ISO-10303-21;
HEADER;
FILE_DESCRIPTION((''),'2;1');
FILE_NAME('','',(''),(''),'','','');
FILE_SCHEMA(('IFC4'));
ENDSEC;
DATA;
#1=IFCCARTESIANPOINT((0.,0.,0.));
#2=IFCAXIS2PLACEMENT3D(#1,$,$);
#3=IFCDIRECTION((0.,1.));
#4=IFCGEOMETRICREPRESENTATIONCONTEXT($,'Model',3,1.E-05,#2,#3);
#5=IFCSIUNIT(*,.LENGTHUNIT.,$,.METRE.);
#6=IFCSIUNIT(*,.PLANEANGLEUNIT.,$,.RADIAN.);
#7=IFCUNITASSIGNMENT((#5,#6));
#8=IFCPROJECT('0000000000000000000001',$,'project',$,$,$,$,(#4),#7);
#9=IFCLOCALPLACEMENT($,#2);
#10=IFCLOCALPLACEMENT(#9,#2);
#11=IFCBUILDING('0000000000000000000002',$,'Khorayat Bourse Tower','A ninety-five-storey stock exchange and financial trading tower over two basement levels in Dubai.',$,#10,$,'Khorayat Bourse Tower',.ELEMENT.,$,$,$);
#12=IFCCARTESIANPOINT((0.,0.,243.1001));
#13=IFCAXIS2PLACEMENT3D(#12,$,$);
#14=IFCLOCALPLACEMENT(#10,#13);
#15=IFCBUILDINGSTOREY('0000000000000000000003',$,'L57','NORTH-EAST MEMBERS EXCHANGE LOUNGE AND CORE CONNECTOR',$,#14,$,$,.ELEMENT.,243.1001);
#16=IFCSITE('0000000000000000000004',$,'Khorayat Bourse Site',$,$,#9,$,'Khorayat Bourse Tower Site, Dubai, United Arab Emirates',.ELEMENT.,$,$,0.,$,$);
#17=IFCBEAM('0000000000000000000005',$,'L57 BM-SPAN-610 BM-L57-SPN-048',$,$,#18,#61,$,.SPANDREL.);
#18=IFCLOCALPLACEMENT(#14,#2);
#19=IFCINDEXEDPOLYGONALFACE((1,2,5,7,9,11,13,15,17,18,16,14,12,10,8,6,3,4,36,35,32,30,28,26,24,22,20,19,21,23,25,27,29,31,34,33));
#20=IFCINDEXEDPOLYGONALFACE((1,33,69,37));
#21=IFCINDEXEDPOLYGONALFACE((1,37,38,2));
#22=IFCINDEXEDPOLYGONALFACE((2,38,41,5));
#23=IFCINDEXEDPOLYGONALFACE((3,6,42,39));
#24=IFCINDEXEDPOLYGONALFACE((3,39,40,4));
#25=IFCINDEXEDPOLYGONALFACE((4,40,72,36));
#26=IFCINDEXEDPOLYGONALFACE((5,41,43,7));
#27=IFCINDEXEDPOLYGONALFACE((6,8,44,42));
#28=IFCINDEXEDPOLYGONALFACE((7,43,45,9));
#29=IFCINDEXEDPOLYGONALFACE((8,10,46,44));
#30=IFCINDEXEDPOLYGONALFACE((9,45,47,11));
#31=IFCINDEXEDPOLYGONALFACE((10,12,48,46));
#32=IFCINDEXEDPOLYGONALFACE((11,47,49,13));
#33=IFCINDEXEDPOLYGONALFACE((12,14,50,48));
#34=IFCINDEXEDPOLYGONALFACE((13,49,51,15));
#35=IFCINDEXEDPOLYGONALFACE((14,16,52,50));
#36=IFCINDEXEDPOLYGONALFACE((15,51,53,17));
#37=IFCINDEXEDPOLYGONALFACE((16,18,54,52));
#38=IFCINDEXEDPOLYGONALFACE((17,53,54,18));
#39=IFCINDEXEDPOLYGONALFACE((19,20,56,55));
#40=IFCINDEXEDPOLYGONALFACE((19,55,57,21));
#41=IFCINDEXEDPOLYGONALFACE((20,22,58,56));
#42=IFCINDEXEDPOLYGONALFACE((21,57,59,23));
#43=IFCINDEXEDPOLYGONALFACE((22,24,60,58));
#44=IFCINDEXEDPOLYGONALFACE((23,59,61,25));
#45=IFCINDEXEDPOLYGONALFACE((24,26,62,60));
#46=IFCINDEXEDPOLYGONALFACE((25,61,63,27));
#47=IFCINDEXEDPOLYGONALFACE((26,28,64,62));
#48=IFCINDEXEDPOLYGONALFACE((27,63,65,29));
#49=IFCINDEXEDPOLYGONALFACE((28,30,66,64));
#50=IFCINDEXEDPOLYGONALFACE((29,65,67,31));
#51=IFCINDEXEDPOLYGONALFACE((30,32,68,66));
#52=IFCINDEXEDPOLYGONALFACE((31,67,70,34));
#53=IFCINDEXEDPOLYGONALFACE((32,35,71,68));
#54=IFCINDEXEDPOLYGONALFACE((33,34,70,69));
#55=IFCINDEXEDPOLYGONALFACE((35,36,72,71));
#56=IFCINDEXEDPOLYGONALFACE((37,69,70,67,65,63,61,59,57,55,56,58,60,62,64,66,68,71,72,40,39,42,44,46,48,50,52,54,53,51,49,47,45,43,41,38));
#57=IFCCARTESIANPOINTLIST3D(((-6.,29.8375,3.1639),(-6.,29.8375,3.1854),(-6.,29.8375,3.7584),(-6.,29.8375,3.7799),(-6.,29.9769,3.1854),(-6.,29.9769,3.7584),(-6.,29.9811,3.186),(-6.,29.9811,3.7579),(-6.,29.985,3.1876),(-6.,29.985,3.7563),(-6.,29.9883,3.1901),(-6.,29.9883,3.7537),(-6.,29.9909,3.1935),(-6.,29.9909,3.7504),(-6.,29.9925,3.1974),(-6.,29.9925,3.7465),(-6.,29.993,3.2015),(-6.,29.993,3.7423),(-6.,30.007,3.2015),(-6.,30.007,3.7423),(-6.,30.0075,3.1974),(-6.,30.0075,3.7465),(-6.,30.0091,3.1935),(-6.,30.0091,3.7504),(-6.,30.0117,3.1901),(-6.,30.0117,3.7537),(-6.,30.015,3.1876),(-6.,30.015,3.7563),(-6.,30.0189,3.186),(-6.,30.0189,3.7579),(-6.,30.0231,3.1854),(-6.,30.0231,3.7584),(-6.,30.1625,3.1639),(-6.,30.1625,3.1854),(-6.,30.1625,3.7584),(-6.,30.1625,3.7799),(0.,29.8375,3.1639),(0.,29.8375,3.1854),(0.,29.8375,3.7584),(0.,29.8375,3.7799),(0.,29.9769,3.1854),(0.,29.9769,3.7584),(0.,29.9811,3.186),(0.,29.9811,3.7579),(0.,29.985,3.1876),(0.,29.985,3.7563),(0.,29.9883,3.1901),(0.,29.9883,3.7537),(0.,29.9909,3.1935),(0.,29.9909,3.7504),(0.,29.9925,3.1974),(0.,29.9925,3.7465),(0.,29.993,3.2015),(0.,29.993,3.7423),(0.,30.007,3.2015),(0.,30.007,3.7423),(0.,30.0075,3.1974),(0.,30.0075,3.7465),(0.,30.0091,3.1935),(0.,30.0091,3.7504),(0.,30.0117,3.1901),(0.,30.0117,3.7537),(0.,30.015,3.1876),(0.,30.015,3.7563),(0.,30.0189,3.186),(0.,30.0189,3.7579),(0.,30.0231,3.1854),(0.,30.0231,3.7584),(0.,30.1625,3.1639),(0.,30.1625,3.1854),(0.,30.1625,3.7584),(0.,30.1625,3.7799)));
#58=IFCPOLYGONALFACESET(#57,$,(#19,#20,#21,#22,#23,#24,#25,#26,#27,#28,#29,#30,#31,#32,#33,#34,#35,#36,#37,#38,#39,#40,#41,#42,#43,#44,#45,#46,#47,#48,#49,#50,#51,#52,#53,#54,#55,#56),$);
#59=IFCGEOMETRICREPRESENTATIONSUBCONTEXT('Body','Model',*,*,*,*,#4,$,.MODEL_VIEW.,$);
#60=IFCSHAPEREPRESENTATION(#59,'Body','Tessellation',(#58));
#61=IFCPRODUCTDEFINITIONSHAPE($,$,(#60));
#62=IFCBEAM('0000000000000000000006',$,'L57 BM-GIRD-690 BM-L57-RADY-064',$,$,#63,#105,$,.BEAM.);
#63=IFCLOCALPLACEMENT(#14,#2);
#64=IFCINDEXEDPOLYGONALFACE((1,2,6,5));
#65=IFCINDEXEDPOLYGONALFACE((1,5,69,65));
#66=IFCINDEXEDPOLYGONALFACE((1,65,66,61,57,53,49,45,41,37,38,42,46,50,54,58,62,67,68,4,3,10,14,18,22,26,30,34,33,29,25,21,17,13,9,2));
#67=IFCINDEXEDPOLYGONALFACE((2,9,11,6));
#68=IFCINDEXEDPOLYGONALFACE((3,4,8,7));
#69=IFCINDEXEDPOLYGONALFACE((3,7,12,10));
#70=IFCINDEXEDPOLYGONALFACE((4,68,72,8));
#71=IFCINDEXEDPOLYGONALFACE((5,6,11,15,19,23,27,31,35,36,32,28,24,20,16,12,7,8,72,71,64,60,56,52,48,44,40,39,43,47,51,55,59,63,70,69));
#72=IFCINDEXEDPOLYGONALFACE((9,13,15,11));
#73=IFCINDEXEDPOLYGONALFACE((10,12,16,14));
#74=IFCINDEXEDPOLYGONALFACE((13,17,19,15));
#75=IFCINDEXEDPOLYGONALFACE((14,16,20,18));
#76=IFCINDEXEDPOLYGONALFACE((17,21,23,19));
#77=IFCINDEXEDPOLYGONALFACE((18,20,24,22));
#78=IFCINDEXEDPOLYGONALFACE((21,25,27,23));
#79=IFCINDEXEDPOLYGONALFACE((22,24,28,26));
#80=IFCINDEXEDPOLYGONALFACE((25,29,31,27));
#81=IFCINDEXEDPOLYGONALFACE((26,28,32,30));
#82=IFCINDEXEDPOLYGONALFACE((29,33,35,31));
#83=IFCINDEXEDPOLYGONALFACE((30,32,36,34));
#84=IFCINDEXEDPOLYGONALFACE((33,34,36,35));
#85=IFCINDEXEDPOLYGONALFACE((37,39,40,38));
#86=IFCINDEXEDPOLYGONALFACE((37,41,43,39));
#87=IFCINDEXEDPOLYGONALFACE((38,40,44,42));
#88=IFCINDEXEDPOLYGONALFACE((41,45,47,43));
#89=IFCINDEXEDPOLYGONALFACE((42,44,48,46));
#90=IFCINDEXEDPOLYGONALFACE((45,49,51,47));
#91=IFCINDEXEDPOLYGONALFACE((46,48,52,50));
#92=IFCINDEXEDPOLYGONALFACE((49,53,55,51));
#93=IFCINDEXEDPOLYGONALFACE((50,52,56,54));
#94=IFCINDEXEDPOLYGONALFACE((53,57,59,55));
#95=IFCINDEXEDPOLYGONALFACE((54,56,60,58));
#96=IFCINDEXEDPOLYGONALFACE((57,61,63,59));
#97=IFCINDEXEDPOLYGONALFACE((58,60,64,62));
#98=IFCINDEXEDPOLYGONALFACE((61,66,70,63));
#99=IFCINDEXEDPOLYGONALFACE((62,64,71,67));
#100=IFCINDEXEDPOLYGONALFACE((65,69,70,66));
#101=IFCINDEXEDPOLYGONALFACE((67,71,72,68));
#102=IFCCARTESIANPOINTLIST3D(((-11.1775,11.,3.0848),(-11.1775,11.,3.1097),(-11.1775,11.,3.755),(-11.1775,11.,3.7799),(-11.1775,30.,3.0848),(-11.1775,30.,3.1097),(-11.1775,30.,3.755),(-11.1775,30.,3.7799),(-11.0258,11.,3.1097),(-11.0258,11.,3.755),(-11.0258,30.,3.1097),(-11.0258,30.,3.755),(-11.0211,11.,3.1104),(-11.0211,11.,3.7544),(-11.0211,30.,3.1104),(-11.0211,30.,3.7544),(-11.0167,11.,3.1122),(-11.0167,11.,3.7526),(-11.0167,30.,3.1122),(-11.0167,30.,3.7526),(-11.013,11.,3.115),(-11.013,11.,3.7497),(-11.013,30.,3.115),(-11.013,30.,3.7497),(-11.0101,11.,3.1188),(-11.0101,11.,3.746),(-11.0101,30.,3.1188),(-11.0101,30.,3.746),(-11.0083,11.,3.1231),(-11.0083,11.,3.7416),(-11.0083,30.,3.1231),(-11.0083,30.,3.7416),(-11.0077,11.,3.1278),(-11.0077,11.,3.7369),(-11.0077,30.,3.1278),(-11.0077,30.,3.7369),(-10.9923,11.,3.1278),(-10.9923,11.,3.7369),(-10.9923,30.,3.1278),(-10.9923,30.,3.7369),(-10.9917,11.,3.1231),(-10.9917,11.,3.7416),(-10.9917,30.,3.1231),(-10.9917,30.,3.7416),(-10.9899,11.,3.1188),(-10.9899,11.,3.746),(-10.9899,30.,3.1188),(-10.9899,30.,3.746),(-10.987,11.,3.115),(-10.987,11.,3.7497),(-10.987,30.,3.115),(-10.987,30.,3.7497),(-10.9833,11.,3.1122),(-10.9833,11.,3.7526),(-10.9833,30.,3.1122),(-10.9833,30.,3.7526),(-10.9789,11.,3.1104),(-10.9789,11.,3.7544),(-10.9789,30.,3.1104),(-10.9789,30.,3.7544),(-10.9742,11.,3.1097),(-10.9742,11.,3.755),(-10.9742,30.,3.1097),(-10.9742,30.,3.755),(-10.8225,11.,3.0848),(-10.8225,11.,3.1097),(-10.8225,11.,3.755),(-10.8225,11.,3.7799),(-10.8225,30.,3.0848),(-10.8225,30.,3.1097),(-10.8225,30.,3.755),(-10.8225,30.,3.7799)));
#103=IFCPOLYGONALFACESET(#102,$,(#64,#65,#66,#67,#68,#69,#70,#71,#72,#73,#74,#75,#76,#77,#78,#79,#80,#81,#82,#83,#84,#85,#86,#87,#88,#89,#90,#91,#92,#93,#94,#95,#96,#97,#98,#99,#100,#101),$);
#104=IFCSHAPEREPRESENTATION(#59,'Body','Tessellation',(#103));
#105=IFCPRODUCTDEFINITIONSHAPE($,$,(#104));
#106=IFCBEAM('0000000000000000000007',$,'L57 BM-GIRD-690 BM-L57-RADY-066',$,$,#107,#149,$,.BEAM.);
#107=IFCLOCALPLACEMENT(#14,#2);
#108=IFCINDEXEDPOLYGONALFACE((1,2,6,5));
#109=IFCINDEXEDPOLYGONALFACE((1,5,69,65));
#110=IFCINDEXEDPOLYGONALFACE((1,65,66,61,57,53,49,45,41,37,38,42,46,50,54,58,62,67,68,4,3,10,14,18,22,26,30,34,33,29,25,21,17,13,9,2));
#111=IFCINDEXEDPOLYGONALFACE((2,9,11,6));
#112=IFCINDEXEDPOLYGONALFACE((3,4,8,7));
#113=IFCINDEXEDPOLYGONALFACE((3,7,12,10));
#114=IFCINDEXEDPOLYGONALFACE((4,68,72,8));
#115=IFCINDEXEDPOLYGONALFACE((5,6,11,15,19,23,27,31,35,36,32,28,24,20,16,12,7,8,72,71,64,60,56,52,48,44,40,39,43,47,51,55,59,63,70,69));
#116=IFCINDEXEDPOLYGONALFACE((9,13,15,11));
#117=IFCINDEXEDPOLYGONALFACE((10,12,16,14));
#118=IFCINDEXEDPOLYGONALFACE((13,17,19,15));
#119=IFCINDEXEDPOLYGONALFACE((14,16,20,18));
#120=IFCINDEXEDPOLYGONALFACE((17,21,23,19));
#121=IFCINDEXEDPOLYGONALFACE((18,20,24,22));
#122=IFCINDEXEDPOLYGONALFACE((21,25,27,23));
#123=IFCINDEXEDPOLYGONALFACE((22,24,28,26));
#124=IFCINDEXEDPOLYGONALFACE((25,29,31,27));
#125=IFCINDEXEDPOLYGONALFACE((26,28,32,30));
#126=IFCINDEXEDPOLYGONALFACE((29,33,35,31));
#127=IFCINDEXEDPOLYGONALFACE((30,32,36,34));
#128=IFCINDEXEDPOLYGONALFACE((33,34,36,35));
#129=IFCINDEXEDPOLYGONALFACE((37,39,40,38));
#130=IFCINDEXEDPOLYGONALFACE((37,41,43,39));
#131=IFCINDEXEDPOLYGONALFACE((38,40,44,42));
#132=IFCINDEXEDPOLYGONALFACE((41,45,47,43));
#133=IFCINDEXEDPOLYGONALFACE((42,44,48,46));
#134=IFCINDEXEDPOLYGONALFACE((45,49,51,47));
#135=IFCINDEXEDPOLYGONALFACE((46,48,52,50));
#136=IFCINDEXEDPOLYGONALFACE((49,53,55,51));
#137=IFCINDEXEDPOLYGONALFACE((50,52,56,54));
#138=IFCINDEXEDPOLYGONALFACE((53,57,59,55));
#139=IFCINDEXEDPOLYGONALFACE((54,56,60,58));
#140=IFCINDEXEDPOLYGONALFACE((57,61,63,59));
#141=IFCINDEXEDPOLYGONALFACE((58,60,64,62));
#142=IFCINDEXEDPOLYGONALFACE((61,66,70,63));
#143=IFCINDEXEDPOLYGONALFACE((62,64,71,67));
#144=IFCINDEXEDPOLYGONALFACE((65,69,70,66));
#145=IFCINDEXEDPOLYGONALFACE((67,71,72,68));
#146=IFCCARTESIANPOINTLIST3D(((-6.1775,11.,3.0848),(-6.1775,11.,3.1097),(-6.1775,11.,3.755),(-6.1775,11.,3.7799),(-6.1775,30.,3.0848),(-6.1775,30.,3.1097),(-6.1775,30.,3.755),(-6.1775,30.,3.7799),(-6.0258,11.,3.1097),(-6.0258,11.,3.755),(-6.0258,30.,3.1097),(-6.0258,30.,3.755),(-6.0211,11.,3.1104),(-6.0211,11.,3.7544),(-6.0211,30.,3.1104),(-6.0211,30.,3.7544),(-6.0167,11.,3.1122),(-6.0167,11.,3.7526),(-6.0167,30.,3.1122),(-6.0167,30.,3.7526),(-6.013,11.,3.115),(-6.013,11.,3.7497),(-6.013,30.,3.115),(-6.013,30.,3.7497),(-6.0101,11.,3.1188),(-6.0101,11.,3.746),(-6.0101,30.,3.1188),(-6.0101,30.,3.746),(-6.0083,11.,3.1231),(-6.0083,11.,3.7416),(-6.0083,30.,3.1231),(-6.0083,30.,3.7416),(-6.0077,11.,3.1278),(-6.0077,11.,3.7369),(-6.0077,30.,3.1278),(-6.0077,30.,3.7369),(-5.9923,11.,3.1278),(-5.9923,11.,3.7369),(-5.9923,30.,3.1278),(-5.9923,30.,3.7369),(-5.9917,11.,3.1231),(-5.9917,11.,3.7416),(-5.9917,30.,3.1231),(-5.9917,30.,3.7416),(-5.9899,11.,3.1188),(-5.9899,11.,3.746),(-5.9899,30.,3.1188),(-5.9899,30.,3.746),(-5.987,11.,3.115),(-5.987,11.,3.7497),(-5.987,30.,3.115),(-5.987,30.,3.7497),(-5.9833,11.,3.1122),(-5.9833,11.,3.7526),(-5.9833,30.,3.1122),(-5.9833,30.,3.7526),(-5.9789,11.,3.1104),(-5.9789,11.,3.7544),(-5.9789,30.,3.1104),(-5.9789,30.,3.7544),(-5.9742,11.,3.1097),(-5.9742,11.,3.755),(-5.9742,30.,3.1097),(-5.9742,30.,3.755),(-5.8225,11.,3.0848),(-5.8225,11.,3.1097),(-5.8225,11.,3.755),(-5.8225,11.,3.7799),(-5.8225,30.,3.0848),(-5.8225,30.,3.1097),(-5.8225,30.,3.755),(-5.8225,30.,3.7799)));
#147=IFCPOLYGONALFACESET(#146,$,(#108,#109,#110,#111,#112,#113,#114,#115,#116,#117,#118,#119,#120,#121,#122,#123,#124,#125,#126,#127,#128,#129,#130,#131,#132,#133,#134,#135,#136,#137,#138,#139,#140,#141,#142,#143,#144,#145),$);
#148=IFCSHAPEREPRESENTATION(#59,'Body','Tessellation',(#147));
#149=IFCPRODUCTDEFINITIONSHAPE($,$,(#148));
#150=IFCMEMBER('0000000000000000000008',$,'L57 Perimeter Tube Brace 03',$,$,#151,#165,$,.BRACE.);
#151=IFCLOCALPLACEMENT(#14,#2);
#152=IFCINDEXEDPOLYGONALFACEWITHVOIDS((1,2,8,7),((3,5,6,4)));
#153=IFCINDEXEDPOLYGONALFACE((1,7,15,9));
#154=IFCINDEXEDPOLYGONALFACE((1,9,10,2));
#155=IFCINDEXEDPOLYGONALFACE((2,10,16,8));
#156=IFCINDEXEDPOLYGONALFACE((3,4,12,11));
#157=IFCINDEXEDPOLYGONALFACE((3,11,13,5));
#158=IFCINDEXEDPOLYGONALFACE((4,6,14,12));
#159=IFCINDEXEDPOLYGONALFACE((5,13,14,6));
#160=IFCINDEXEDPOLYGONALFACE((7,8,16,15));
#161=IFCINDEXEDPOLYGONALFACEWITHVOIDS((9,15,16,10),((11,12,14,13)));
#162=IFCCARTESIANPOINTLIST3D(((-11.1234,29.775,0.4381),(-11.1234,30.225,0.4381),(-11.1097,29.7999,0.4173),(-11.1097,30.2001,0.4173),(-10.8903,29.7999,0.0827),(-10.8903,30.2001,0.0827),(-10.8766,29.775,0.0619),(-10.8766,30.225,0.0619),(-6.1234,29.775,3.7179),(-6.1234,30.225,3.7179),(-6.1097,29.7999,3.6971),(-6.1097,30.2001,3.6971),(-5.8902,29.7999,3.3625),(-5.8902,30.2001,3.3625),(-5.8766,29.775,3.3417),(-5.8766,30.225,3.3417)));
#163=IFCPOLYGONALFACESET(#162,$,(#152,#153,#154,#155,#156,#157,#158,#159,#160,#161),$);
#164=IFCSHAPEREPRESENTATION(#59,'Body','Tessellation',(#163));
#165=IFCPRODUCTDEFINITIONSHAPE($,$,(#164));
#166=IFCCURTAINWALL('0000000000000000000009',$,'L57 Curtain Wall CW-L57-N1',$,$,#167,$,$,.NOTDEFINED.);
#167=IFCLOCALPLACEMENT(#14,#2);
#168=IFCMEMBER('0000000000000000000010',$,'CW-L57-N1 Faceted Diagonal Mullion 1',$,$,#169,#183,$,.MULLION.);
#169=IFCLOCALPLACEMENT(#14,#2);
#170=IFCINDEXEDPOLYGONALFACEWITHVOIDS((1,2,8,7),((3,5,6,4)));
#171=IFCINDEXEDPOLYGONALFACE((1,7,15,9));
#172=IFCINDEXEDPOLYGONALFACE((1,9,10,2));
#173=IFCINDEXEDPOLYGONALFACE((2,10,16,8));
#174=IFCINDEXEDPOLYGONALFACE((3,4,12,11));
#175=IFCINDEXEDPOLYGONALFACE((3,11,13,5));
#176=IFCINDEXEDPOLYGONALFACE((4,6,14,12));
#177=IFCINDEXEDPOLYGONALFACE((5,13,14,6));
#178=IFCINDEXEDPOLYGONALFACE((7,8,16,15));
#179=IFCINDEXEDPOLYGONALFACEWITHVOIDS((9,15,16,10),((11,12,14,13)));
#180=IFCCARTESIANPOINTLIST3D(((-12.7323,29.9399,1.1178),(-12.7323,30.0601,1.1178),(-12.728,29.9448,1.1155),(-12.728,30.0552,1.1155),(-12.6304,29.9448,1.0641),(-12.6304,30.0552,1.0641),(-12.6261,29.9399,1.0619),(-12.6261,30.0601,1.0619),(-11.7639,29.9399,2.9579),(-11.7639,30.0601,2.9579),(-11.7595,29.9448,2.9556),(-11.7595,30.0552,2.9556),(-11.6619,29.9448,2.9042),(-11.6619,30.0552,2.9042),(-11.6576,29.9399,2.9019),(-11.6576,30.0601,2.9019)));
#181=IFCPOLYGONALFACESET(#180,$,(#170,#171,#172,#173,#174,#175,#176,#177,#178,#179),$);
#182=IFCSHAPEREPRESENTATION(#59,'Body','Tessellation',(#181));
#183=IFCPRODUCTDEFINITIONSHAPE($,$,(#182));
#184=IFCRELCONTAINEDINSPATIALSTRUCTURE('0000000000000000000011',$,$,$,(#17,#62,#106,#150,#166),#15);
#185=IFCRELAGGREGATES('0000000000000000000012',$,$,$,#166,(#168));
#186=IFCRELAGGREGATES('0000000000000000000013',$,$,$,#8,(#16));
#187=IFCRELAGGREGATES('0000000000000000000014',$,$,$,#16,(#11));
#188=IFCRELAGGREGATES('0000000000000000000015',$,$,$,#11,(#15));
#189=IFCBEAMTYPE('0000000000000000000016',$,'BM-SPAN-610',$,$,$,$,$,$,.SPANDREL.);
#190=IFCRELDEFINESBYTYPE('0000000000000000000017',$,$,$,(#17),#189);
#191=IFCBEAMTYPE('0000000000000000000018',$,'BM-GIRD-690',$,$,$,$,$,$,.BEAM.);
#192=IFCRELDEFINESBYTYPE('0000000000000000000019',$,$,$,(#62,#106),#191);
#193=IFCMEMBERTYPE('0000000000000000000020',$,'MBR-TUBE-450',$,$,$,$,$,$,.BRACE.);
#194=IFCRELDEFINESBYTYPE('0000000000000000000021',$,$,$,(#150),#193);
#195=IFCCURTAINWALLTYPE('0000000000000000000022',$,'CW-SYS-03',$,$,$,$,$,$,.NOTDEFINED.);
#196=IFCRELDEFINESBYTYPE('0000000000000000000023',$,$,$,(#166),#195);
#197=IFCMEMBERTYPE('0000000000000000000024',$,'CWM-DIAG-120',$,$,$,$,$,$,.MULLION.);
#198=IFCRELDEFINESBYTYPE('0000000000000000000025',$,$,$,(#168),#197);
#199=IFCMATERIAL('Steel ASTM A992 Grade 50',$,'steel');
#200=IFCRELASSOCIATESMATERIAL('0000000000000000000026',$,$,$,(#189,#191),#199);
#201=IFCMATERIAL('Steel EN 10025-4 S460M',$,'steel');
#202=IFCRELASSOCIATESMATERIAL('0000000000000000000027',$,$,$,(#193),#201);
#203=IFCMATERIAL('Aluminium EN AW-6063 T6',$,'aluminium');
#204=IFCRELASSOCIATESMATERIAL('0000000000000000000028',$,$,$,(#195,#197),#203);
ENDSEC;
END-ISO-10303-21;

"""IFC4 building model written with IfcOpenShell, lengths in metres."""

from ifc_helpers import new_model, si_unit, direction, frame, origin, origin_2d, place, context, subcontext, project, spatial, hollow_rectangle, i_section, extrude, source, transform, mapped, material, material_profile, profile_set, type_object, element, aggregate, save


model = new_model("IFC4")

# Units and contexts
model_context = context("Model", 3, precision=1e-05, world=origin(), true_north=direction((0.0, 1.0)))
body_context = subcontext(model_context, "Body", "Model", "MODEL_VIEW")
ifc_project = project(units=[si_unit("LENGTHUNIT", "METRE"), si_unit("PLANEANGLEUNIT", "RADIAN")], contexts=[model_context])

# Site, building, storey
site_placement = place(None, origin())
site = spatial("IfcSite", under=ifc_project, at=site_placement, Name="Khorayat Bourse Site", LongName="Khorayat Bourse Tower Site, Dubai, United Arab Emirates", CompositionType="ELEMENT", RefElevation=0.0)
building_placement = place(site_placement, origin())
building = spatial("IfcBuilding", under=site, at=building_placement, Name="Khorayat Bourse Tower", Description="A ninety-five-storey stock exchange and financial trading tower over two basement levels in Dubai.", LongName="Khorayat Bourse Tower", CompositionType="ELEMENT")
storey_placement = place(building_placement, frame((0.0, 0.0, 243.1001)))
storey = spatial("IfcBuildingStorey", under=building, at=storey_placement, Name="L57", Description="NORTH-EAST MEMBERS EXCHANGE LOUNGE AND CORE CONNECTOR", CompositionType="ELEMENT", Elevation=243.1001)

# Shared definitions
ifc_material_1 = material(Name="Steel EN 10025-4 S460M", Category="steel")

# Beams
ifc_material_2 = material(Name="Steel ASTM A992 Grade 50", Category="steel")
ifc_material_profile_1 = material_profile(ifc_material_2, i_section(OverallWidth=0.325, OverallDepth=0.616, WebThickness=0.0139, FlangeThickness=0.0215, FilletRadius=0.0161, at=origin_2d()), Name="W610X174")
ifc_profile_set_1 = profile_set([ifc_material_profile_1], Name="Steel ASTM A992 Grade 50")
beam_type_1 = type_object("IfcBeamType", Name="BM-SPAN-610", PredefinedType="SPANDREL", material=ifc_profile_set_1)
shared_shape_1 = source(origin(), body_context, "Body", "SweptSolid", [
    extrude(i_section(OverallWidth=0.325, OverallDepth=0.616, WebThickness=0.0139, FlangeThickness=0.0215, FilletRadius=0.0161, at=origin_2d()), origin(), (0.0, 0.0, 1.0), 6.0),
])
beam_1_placement = place(storey_placement, frame((-6.0, 30.0, 3.4719), z_axis=(1.0, 0.0, 0.0), x_axis=(0.0, 1.0, 0.0)))
element("IfcBeam", 1, at=beam_1_placement, inside=storey, type_object=beam_type_1, Name="L57 BM-SPAN-610 BM-L57-SPN-048", PredefinedType="SPANDREL", context=body_context, shape_type="MappedRepresentation", body=[
    mapped(shared_shape_1, transform((0.0, 0.0, 0.0), scale=1.0)),
])
ifc_material_profile_2 = material_profile(ifc_material_2, i_section(OverallWidth=0.355, OverallDepth=0.6951, WebThickness=0.0154, FlangeThickness=0.0249, FilletRadius=0.0181, at=origin_2d()), Name="W690X217")
ifc_profile_set_2 = profile_set([ifc_material_profile_2], Name="Steel ASTM A992 Grade 50")
beam_type_2 = type_object("IfcBeamType", Name="BM-GIRD-690", PredefinedType="BEAM", material=ifc_profile_set_2)
shared_shape_2 = source(origin(), body_context, "Body", "SweptSolid", [
    extrude(i_section(OverallWidth=0.355, OverallDepth=0.6951, WebThickness=0.0154, FlangeThickness=0.0249, FilletRadius=0.0181, at=origin_2d()), origin(), (0.0, 0.0, 1.0), 19.0),
])
for number, where, z_axis, x_axis, name in (
    (2, (-11.0, 11.0, 3.4324), (0.0, 1.0, 0.0), (-1.0, 0.0, 0.0), "L57 BM-GIRD-690 BM-L57-RADY-064"),
    (3, (-6.0, 11.0, 3.4324), (0.0, 1.0, 0.0), (-1.0, 0.0, 0.0), "L57 BM-GIRD-690 BM-L57-RADY-066"),
):
    element("IfcBeam", number, at=place(storey_placement, frame(where, z_axis=z_axis, x_axis=x_axis)), inside=storey, type_object=beam_type_2, Name=name, PredefinedType="BEAM", context=body_context, shape_type="MappedRepresentation", body=[
        mapped(shared_shape_2, transform((0.0, 0.0, 0.0), scale=1.0)),
    ])

# Member
ifc_material_profile_3 = material_profile(ifc_material_1, hollow_rectangle(XDim=0.45, YDim=0.45, WallThickness=0.0249, at=origin_2d()), Name="HSS 450x450x25")
ifc_profile_set_3 = profile_set([ifc_material_profile_3], Name="Steel EN 10025-4 S460M")
member_type_1 = type_object("IfcMemberType", Name="MBR-TUBE-450", PredefinedType="BRACE", material=ifc_profile_set_3)
shared_shape_3 = source(origin(), body_context, "Body", "SweptSolid", [
    extrude(hollow_rectangle(XDim=0.45, YDim=0.45, WallThickness=0.0249, at=origin_2d()), origin(), (0.0, 0.0, 1.0), 5.9797),
])
member_1_placement = place(storey_placement, frame((-11.0, 30.0, 0.25), z_axis=(0.83616, 0.0, 0.548485), x_axis=(0.0, 1.0, 0.0)))
element("IfcMember", 4, at=member_1_placement, inside=storey, type_object=member_type_1, Name="L57 Perimeter Tube Brace 03", PredefinedType="BRACE", context=body_context, shape_type="MappedRepresentation", body=[
    mapped(shared_shape_3, transform((0.0, 0.0, 0.0), scale=1.0)),
])

# Curtain wall, member
ifc_material_3 = material(Name="Aluminium EN AW-6063 T6", Category="aluminium")
curtain_wall_type = type_object("IfcCurtainWallType", Name="CW-SYS-03", PredefinedType="NOTDEFINED", material=ifc_material_3)
curtain_wall_placement = place(storey_placement, origin())
curtain_wall = element("IfcCurtainWall", 5, at=curtain_wall_placement, inside=storey, type_object=curtain_wall_type, Name="L57 Curtain Wall CW-L57-N1", PredefinedType="NOTDEFINED")
ifc_material_profile_4 = material_profile(ifc_material_3, hollow_rectangle(XDim=0.1201, YDim=0.1201, WallThickness=0.0049, at=origin_2d()), Name="ALU 120x120x5")
ifc_profile_set_4 = profile_set([ifc_material_profile_4], Name="Aluminium EN AW-6063 T6")
member_type_2 = type_object("IfcMemberType", Name="CWM-DIAG-120", PredefinedType="MULLION", material=ifc_profile_set_4)
shared_shape_4 = source(origin(), body_context, "Body", "SweptSolid", [
    extrude(hollow_rectangle(XDim=0.1201, YDim=0.1201, WallThickness=0.0049, at=origin_2d()), origin(), (0.0, 0.0, 1.0), 2.0793),
])
member_2_placement = place(storey_placement, frame((-12.6792, 30.0, 1.0898), z_axis=(0.465761, 0.0, 0.884911), x_axis=(0.0, 1.0, 0.0)))
member_2 = element("IfcMember", 6, at=member_2_placement, type_object=member_type_2, Name="CW-L57-N1 Faceted Diagonal Mullion 1", PredefinedType="MULLION", context=body_context, shape_type="MappedRepresentation", body=[
    mapped(shared_shape_4, transform((0.0, 0.0, 0.0), scale=1.0)),
])

aggregate(curtain_wall, [member_2])

save(model, "model.ifc")
